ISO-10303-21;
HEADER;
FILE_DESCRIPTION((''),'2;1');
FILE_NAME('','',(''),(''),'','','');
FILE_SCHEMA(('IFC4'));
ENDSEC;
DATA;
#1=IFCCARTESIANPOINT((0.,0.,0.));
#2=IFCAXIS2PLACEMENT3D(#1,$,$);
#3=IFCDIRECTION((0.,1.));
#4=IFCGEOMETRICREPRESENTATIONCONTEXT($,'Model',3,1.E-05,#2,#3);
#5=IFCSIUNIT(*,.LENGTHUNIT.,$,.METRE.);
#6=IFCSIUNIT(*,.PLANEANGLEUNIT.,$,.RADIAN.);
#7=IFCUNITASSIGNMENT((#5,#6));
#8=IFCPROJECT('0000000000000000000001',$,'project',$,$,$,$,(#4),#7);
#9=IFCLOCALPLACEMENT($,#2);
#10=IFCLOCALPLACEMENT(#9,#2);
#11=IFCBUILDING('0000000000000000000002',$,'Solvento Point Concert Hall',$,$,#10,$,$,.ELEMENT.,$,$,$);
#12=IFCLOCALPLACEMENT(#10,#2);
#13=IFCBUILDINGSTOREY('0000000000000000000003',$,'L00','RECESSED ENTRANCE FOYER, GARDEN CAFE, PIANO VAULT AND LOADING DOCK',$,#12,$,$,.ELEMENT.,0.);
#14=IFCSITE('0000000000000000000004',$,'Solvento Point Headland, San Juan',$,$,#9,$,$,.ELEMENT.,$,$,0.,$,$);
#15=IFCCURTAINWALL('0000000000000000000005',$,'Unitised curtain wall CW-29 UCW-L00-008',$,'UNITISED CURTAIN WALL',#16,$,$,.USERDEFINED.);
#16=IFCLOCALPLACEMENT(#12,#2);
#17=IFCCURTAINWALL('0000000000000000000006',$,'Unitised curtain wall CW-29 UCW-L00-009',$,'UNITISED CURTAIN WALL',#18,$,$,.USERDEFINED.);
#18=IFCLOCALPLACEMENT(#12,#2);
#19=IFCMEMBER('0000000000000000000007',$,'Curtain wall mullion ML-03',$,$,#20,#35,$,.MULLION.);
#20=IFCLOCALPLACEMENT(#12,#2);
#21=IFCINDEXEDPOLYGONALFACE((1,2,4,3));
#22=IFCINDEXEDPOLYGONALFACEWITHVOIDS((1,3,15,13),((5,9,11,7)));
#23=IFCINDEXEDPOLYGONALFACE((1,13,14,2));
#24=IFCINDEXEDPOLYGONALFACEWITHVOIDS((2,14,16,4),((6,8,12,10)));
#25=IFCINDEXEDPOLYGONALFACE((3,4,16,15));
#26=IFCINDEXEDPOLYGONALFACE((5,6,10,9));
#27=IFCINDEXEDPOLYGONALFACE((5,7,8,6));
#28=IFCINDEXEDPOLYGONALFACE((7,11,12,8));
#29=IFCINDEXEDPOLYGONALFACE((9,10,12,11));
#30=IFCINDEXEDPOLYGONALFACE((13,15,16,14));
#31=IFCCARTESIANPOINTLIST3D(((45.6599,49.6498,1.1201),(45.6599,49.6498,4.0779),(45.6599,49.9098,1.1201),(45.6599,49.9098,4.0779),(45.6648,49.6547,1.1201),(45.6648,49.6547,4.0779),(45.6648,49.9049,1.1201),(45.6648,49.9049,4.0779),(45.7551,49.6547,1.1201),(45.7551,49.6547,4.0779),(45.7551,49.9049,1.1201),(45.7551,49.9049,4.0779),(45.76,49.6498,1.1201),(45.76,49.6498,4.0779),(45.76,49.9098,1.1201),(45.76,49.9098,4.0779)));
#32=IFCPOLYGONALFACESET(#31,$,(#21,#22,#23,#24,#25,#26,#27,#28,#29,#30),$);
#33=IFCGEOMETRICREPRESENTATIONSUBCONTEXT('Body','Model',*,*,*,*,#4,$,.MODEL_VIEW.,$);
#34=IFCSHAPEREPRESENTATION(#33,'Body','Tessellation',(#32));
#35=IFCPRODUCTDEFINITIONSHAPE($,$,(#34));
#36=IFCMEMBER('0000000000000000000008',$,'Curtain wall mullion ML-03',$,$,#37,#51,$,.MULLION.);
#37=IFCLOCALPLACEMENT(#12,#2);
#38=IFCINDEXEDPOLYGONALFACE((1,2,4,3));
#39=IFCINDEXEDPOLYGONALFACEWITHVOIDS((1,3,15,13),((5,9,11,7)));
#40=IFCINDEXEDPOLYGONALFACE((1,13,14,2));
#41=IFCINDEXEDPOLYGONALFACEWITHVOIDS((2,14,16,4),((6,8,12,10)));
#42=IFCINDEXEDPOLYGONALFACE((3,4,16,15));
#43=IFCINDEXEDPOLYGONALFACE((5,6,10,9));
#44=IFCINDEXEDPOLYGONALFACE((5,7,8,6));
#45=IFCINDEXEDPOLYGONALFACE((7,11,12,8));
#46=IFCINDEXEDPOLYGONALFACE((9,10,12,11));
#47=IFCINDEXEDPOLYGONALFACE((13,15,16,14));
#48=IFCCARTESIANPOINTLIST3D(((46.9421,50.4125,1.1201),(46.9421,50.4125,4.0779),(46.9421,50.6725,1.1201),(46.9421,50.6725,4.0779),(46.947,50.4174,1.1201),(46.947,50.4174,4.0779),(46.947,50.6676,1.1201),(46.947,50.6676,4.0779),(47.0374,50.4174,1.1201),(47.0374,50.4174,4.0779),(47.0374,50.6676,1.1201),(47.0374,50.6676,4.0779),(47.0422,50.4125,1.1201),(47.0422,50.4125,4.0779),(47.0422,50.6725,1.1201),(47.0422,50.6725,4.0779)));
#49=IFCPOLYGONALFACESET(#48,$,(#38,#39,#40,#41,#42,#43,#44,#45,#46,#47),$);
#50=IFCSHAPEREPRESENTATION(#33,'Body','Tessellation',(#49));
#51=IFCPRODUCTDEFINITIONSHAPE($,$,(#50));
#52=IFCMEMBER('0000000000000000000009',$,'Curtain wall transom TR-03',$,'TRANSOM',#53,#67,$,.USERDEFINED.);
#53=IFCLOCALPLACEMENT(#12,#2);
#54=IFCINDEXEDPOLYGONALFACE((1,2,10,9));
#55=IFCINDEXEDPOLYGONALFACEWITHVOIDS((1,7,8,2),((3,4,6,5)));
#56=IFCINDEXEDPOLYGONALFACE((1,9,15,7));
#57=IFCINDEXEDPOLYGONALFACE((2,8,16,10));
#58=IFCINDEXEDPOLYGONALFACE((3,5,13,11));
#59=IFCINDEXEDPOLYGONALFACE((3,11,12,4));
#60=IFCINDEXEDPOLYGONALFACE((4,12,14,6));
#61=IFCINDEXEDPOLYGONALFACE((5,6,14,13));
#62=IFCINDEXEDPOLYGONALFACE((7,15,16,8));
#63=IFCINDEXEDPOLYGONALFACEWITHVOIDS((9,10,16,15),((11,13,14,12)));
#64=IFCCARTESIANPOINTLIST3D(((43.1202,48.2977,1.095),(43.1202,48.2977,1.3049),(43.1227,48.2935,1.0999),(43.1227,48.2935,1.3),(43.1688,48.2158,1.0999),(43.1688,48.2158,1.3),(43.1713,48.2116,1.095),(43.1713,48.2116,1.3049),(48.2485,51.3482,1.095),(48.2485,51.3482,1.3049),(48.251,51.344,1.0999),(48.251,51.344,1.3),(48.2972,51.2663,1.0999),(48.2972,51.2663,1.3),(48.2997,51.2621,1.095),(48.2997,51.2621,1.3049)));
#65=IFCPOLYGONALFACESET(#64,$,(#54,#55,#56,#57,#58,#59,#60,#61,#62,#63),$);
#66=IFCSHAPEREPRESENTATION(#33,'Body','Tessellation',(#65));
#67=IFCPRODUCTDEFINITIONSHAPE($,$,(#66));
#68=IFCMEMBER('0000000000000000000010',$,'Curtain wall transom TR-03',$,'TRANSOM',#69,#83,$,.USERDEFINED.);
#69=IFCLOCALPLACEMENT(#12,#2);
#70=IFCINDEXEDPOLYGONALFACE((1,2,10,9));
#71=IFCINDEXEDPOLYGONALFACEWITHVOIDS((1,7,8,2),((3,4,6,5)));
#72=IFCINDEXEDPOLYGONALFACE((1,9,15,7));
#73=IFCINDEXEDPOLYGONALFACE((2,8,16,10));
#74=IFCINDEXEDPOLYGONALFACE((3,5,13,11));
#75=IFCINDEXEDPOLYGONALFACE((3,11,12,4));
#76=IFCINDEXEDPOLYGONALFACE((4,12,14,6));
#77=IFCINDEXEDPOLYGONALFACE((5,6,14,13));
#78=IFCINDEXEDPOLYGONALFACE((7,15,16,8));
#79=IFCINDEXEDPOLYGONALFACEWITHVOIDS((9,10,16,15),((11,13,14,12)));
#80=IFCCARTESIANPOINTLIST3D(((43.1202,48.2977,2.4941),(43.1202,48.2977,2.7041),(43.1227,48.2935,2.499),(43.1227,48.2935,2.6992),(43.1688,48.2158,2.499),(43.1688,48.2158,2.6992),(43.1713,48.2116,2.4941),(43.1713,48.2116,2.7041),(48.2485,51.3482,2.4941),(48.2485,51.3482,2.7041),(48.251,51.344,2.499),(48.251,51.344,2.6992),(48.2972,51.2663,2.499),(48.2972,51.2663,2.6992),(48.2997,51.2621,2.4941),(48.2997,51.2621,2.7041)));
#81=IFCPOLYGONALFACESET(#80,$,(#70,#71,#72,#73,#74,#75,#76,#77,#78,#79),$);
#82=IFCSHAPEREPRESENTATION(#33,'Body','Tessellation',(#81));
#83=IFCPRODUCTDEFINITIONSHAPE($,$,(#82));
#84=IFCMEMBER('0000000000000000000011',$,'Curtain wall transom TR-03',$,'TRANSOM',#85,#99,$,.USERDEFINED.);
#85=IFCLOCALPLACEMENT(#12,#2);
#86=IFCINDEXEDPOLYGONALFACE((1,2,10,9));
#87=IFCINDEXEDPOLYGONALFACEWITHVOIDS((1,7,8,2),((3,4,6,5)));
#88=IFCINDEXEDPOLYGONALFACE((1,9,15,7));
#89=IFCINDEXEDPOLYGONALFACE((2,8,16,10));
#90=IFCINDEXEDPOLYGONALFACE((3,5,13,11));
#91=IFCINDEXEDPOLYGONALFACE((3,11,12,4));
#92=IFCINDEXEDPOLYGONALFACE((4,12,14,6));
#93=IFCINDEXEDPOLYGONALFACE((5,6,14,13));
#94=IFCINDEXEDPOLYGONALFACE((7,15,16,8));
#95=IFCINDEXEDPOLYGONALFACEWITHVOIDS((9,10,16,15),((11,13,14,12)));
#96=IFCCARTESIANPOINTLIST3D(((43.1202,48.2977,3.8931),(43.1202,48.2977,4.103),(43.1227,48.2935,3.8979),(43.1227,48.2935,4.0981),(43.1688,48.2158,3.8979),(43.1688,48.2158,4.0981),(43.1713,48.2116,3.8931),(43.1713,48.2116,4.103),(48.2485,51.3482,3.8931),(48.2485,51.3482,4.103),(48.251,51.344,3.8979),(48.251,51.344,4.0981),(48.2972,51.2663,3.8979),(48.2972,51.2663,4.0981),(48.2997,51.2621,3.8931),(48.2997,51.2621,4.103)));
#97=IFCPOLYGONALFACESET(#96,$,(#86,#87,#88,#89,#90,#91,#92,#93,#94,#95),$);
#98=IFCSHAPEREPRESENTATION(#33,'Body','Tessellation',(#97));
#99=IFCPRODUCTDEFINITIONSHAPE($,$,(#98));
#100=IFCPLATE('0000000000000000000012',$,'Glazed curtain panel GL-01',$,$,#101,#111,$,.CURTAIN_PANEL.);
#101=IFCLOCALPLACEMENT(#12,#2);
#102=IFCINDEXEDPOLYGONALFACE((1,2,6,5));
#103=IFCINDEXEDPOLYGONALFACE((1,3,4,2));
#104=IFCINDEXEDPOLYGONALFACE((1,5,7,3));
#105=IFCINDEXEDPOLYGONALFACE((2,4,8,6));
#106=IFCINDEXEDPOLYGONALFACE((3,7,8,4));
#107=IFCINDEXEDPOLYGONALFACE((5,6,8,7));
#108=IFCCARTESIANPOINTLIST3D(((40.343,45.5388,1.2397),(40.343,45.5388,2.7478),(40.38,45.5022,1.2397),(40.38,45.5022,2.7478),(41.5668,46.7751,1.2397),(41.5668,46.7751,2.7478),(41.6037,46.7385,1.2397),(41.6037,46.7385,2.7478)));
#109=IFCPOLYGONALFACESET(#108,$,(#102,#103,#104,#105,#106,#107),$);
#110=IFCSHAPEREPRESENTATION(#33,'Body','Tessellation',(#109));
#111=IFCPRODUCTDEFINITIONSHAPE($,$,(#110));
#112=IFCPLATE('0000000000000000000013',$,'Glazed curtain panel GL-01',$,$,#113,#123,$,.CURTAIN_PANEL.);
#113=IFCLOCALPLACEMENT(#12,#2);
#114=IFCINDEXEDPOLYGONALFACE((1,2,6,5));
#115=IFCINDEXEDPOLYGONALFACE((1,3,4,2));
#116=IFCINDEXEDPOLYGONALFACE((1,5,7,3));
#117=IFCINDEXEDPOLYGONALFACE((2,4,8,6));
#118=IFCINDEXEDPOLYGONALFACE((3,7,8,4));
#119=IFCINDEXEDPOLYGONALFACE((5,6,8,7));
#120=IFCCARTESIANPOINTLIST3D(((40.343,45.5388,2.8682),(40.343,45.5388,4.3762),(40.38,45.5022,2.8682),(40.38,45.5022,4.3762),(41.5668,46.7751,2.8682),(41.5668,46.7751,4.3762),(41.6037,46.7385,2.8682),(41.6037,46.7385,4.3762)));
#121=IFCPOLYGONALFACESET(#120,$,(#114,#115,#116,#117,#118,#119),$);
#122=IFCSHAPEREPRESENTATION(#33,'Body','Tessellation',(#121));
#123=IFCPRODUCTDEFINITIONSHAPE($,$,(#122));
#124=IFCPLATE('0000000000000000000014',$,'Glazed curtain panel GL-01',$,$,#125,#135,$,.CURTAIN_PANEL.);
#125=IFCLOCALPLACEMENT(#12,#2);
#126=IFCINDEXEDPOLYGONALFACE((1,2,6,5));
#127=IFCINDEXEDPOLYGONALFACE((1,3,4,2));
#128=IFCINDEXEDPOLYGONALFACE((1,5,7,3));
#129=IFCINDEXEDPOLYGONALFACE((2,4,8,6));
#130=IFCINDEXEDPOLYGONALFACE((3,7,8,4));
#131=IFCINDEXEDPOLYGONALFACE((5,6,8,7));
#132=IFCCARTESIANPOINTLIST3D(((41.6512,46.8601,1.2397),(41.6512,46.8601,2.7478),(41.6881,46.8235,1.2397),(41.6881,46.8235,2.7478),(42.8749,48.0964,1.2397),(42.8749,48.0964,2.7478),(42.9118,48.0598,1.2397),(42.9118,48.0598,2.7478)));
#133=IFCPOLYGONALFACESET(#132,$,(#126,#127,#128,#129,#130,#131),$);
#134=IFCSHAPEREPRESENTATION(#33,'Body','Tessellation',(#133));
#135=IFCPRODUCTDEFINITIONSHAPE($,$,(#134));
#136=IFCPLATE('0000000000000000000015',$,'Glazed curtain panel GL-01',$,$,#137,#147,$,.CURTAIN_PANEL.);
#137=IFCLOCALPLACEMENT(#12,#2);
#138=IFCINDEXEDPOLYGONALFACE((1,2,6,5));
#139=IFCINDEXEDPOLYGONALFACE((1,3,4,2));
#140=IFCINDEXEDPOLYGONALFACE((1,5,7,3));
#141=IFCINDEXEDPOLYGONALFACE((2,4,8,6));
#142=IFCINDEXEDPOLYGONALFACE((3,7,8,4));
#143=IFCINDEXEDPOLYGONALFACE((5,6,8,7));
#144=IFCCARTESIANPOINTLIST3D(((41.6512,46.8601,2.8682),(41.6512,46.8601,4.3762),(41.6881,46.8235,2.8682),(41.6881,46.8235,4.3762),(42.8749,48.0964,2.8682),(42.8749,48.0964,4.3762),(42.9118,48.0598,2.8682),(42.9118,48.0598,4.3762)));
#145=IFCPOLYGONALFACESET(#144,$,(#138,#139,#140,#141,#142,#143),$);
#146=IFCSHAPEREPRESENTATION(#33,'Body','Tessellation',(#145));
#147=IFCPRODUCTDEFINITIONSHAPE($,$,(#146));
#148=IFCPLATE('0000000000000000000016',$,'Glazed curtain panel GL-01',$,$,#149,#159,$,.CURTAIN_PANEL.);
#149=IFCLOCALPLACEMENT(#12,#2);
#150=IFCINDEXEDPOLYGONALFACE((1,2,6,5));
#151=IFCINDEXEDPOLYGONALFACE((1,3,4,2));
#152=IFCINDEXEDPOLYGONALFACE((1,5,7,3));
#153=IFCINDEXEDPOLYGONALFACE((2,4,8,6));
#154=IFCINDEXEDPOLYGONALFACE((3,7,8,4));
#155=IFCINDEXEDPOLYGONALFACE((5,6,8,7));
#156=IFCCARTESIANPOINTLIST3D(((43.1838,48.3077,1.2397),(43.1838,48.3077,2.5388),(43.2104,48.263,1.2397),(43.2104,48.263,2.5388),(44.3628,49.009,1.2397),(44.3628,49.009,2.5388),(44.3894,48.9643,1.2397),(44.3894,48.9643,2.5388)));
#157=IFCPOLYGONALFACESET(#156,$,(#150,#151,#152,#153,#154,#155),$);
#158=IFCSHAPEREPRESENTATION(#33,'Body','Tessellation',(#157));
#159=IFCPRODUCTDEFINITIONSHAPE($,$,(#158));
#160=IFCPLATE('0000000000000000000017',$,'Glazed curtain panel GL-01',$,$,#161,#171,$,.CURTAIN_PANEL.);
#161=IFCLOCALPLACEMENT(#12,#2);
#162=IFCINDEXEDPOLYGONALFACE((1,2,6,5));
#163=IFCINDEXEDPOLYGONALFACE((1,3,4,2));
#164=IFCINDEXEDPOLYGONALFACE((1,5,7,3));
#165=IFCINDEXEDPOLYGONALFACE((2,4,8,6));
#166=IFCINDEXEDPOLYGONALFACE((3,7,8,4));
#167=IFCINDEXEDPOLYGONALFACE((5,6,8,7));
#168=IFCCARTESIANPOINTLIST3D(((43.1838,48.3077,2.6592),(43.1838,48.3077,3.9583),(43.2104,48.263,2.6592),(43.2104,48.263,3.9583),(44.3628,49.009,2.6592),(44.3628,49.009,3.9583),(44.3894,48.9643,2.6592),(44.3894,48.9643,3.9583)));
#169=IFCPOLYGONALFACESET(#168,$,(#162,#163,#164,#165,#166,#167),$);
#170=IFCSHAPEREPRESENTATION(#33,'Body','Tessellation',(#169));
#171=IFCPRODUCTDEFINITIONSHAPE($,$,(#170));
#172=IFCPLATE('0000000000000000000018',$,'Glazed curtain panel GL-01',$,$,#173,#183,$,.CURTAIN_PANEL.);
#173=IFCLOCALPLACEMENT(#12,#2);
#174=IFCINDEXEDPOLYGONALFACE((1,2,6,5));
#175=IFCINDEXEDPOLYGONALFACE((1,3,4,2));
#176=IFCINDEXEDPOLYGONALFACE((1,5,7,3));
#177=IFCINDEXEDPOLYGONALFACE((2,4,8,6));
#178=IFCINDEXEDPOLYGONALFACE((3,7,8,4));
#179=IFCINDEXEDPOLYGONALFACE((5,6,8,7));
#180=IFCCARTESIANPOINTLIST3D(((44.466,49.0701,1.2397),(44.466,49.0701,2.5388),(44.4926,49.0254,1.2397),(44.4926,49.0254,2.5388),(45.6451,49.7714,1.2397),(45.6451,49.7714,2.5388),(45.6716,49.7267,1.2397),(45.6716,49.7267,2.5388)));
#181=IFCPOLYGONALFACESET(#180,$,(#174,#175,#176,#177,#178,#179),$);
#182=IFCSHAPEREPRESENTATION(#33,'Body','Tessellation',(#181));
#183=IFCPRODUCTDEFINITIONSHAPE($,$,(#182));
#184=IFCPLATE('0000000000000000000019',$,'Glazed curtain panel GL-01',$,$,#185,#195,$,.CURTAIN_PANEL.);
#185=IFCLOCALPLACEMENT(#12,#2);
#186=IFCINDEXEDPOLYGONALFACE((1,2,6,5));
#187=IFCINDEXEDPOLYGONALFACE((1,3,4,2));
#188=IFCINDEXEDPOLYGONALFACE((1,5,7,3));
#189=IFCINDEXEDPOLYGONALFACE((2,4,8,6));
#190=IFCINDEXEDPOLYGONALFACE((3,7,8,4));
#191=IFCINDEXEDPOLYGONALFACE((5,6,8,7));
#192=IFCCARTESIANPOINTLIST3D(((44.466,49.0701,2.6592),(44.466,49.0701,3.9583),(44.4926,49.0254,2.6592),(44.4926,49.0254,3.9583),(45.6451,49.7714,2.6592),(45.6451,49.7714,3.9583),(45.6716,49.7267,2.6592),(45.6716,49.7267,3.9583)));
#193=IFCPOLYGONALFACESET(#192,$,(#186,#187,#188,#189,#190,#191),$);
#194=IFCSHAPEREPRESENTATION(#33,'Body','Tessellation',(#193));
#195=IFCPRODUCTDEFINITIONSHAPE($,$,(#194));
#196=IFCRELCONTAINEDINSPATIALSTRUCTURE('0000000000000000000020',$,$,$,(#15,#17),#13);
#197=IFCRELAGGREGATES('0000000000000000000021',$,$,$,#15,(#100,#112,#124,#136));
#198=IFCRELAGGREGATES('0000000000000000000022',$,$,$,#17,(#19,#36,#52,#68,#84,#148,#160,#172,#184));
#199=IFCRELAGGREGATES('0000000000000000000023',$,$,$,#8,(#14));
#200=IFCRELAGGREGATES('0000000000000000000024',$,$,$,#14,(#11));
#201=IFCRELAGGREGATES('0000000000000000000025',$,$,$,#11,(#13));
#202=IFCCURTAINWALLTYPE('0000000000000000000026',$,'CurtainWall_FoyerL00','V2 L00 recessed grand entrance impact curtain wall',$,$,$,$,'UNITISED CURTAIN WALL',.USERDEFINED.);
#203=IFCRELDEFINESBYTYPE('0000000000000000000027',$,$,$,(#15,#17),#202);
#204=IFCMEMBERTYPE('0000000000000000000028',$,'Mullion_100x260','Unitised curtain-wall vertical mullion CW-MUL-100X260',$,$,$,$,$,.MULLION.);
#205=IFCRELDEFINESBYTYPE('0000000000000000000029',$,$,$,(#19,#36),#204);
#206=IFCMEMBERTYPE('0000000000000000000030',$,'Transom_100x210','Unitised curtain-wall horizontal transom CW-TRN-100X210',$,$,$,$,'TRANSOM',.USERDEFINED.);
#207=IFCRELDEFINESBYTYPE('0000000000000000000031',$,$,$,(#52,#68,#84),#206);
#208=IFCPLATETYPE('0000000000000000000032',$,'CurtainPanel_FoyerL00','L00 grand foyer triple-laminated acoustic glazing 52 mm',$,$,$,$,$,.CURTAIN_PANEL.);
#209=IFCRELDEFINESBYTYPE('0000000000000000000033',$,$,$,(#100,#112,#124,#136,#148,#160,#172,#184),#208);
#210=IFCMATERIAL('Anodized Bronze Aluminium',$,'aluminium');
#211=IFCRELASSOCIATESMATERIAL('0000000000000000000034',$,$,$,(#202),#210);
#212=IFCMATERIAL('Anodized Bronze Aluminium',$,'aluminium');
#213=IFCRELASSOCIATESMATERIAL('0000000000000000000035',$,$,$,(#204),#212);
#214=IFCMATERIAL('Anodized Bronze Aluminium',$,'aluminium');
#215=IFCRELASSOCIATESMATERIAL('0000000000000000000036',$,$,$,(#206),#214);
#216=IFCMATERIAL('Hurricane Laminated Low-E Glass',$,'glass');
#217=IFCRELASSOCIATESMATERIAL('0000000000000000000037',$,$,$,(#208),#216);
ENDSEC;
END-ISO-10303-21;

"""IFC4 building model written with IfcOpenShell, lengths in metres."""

from ifc_helpers import new_model, si_unit, direction, frame, origin, origin_2d, place, context, subcontext, project, spatial, rectangle, hollow_rectangle, extrude, material, material_profile, profile_set, type_object, element, aggregate, save


model = new_model("IFC4")

# Units and contexts
model_context = context("Model", 3, precision=1e-05, world=origin(), true_north=direction((0.0, 1.0)))
body_context = subcontext(model_context, "Body", "Model", "MODEL_VIEW")
ifc_project = project(units=[si_unit("LENGTHUNIT", "METRE"), si_unit("PLANEANGLEUNIT", "RADIAN")], contexts=[model_context])

# Site, building, storey
site_placement = place(None, origin())
site = spatial("IfcSite", under=ifc_project, at=site_placement, Name="Solvento Point Headland, San Juan", CompositionType="ELEMENT", RefElevation=0.0)
building_placement = place(site_placement, origin())
building = spatial("IfcBuilding", under=site, at=building_placement, Name="Solvento Point Concert Hall", CompositionType="ELEMENT")
storey_placement = place(building_placement, origin())
storey = spatial("IfcBuildingStorey", under=building, at=storey_placement, Name="L00", Description="RECESSED ENTRANCE FOYER, GARDEN CAFE, PIANO VAULT AND LOADING DOCK", CompositionType="ELEMENT", Elevation=0.0)

# Curtain walls, members
ifc_material_1 = material(Name="Anodized Bronze Aluminium", Category="aluminium")
curtain_wall_type = type_object("IfcCurtainWallType", Name="CurtainWall_FoyerL00", Description="V2 L00 recessed grand entrance impact curtain wall", ElementType="UNITISED CURTAIN WALL", PredefinedType="USERDEFINED", material=ifc_material_1)
curtain_wall_1_placement = place(storey_placement, origin())
curtain_wall_1 = element("IfcCurtainWall", 1, at=curtain_wall_1_placement, inside=storey, type_object=curtain_wall_type, Name="Unitised curtain wall CW-29 UCW-L00-008", ObjectType="UNITISED CURTAIN WALL", PredefinedType="USERDEFINED")
ifc_material_2 = material(Name="Anodized Bronze Aluminium", Category="aluminium")
ifc_material_profile_1 = material_profile(ifc_material_2, hollow_rectangle(XDim=0.1001, YDim=0.26, WallThickness=0.0049, at=origin_2d()), Name="CW-MUL-100X260")
ifc_profile_set_1 = profile_set([ifc_material_profile_1], Name="Anodized Bronze Aluminium")
member_type_1 = type_object("IfcMemberType", Name="Mullion_100x260", Description="Unitised curtain-wall vertical mullion CW-MUL-100X260", PredefinedType="MULLION", material=ifc_profile_set_1)
curtain_wall_2_placement = place(storey_placement, origin())
curtain_wall_2 = element("IfcCurtainWall", 2, at=curtain_wall_2_placement, inside=storey, type_object=curtain_wall_type, Name="Unitised curtain wall CW-29 UCW-L00-009", ObjectType="UNITISED CURTAIN WALL", PredefinedType="USERDEFINED")
member_1_placement = place(storey_placement, frame((45.71, 49.7798, 1.1201), z_axis=(0.0, 0.0, 1.0), x_axis=(1.0, 0.0, 0.0)))
member_1 = element("IfcMember", 3, at=member_1_placement, type_object=member_type_1, Name="Curtain wall mullion ML-03", PredefinedType="MULLION", context=body_context, shape_type="SweptSolid", body=[
    extrude(hollow_rectangle(XDim=0.1001, YDim=0.26, WallThickness=0.0049, at=origin_2d()), origin(), (0.0, 0.0, 1.0), 2.9578),
])
member_2_placement = place(storey_placement, frame((46.9922, 50.5425, 1.1201), z_axis=(0.0, 0.0, 1.0), x_axis=(1.0, 0.0, 0.0)))
member_2 = element("IfcMember", 4, at=member_2_placement, type_object=member_type_1, Name="Curtain wall mullion ML-03", PredefinedType="MULLION", context=body_context, shape_type="SweptSolid", body=[
    extrude(hollow_rectangle(XDim=0.1001, YDim=0.26, WallThickness=0.0049, at=origin_2d()), origin(), (0.0, 0.0, 1.0), 2.9578),
])
ifc_material_3 = material(Name="Anodized Bronze Aluminium", Category="aluminium")
ifc_material_profile_2 = material_profile(ifc_material_3, hollow_rectangle(XDim=0.1001, YDim=0.21, WallThickness=0.0049, at=origin_2d()), Name="CW-TRN-100X210")
ifc_profile_set_2 = profile_set([ifc_material_profile_2], Name="Anodized Bronze Aluminium")
member_type_2 = type_object("IfcMemberType", Name="Transom_100x210", Description="Unitised curtain-wall horizontal transom CW-TRN-100X210", ElementType="TRANSOM", PredefinedType="USERDEFINED", material=ifc_profile_set_2)
member_3_placement = place(storey_placement, frame((43.1458, 48.2546, 1.2), z_axis=(0.859447, 0.511225, 0.0), x_axis=(-0.511225, 0.859447, 0.0)))
member_3 = element("IfcMember", 5, at=member_3_placement, type_object=member_type_2, Name="Curtain wall transom TR-03", ObjectType="TRANSOM", PredefinedType="USERDEFINED", context=body_context, shape_type="SweptSolid", body=[
    extrude(hollow_rectangle(XDim=0.1001, YDim=0.21, WallThickness=0.0049, at=origin_2d()), origin(), (0.0, 0.0, 1.0), 5.967),
])
member_4_placement = place(storey_placement, frame((43.1458, 48.2546, 2.5991), z_axis=(0.859447, 0.511225, 0.0), x_axis=(-0.511225, 0.859447, 0.0)))
member_4 = element("IfcMember", 6, at=member_4_placement, type_object=member_type_2, Name="Curtain wall transom TR-03", ObjectType="TRANSOM", PredefinedType="USERDEFINED", context=body_context, shape_type="SweptSolid", body=[
    extrude(hollow_rectangle(XDim=0.1001, YDim=0.21, WallThickness=0.0049, at=origin_2d()), origin(), (0.0, 0.0, 1.0), 5.967),
])
member_5_placement = place(storey_placement, frame((43.1458, 48.2546, 3.998), z_axis=(0.859447, 0.511225, 0.0), x_axis=(-0.511225, 0.859447, 0.0)))
member_5 = element("IfcMember", 7, at=member_5_placement, type_object=member_type_2, Name="Curtain wall transom TR-03", ObjectType="TRANSOM", PredefinedType="USERDEFINED", context=body_context, shape_type="SweptSolid", body=[
    extrude(hollow_rectangle(XDim=0.1001, YDim=0.21, WallThickness=0.0049, at=origin_2d()), origin(), (0.0, 0.0, 1.0), 5.967),
])

# Plates
ifc_material_4 = material(Name="Hurricane Laminated Low-E Glass", Category="glass")
plate_type = type_object("IfcPlateType", Name="CurtainPanel_FoyerL00", Description="L00 grand foyer triple-laminated acoustic glazing 52 mm", PredefinedType="CURTAIN_PANEL", material=ifc_material_4)
plate_1_placement = place(storey_placement, frame((40.9734, 46.1387, 1.2397), z_axis=(0.0, 0.0, 1.0), x_axis=(0.703494, 0.710701, 0.0)))
plate_1 = element("IfcPlate", 8, at=plate_1_placement, type_object=plate_type, Name="Glazed curtain panel GL-01", PredefinedType="CURTAIN_PANEL", context=body_context, shape_type="SweptSolid", body=[
    extrude(rectangle(XDim=1.7395, YDim=0.052, at=origin_2d()), origin(), (0.0, 0.0, 1.0), 1.5081),
])
plate_2_placement = place(storey_placement, frame((40.9734, 46.1387, 2.8682), z_axis=(0.0, 0.0, 1.0), x_axis=(0.703494, 0.710701, 0.0)))
plate_2 = element("IfcPlate", 9, at=plate_2_placement, type_object=plate_type, Name="Glazed curtain panel GL-01", PredefinedType="CURTAIN_PANEL", context=body_context, shape_type="SweptSolid", body=[
    extrude(rectangle(XDim=1.7395, YDim=0.052, at=origin_2d()), origin(), (0.0, 0.0, 1.0), 1.5081),
])
plate_3_placement = place(storey_placement, frame((42.2815, 47.46, 1.2397), z_axis=(0.0, 0.0, 1.0), x_axis=(0.703494, 0.710701, 0.0)))
plate_3 = element("IfcPlate", 10, at=plate_3_placement, type_object=plate_type, Name="Glazed curtain panel GL-01", PredefinedType="CURTAIN_PANEL", context=body_context, shape_type="SweptSolid", body=[
    extrude(rectangle(XDim=1.7395, YDim=0.052, at=origin_2d()), origin(), (0.0, 0.0, 1.0), 1.5081),
])
plate_4_placement = place(storey_placement, frame((42.2815, 47.46, 2.8682), z_axis=(0.0, 0.0, 1.0), x_axis=(0.703494, 0.710701, 0.0)))
plate_4 = element("IfcPlate", 11, at=plate_4_placement, type_object=plate_type, Name="Glazed curtain panel GL-01", PredefinedType="CURTAIN_PANEL", context=body_context, shape_type="SweptSolid", body=[
    extrude(rectangle(XDim=1.7395, YDim=0.052, at=origin_2d()), origin(), (0.0, 0.0, 1.0), 1.5081),
])
aggregate(curtain_wall_1, [plate_1, plate_2, plate_3, plate_4])
plate_5_placement = place(storey_placement, frame((43.7866, 48.636, 1.2397), z_axis=(0.0, 0.0, 1.0), x_axis=(0.859448, 0.511223, 0.0)))
plate_5 = element("IfcPlate", 12, at=plate_5_placement, type_object=plate_type, Name="Glazed curtain panel GL-01", PredefinedType="CURTAIN_PANEL", context=body_context, shape_type="SweptSolid", body=[
    extrude(rectangle(XDim=1.3718, YDim=0.052, at=origin_2d()), origin(), (0.0, 0.0, 1.0), 1.2991),
])
plate_6_placement = place(storey_placement, frame((43.7866, 48.636, 2.6592), z_axis=(0.0, 0.0, 1.0), x_axis=(0.859448, 0.511223, 0.0)))
plate_6 = element("IfcPlate", 13, at=plate_6_placement, type_object=plate_type, Name="Glazed curtain panel GL-01", PredefinedType="CURTAIN_PANEL", context=body_context, shape_type="SweptSolid", body=[
    extrude(rectangle(XDim=1.3718, YDim=0.052, at=origin_2d()), origin(), (0.0, 0.0, 1.0), 1.2991),
])
plate_7_placement = place(storey_placement, frame((45.0688, 49.3984, 1.2397), z_axis=(0.0, 0.0, 1.0), x_axis=(0.859448, 0.511223, 0.0)))
plate_7 = element("IfcPlate", 14, at=plate_7_placement, type_object=plate_type, Name="Glazed curtain panel GL-01", PredefinedType="CURTAIN_PANEL", context=body_context, shape_type="SweptSolid", body=[
    extrude(rectangle(XDim=1.3718, YDim=0.052, at=origin_2d()), origin(), (0.0, 0.0, 1.0), 1.2991),
])
plate_8_placement = place(storey_placement, frame((45.0688, 49.3984, 2.6592), z_axis=(0.0, 0.0, 1.0), x_axis=(0.859448, 0.511223, 0.0)))
plate_8 = element("IfcPlate", 15, at=plate_8_placement, type_object=plate_type, Name="Glazed curtain panel GL-01", PredefinedType="CURTAIN_PANEL", context=body_context, shape_type="SweptSolid", body=[
    extrude(rectangle(XDim=1.3718, YDim=0.052, at=origin_2d()), origin(), (0.0, 0.0, 1.0), 1.2991),
])
aggregate(curtain_wall_2, [member_1, member_2, member_3, member_4, member_5, plate_5, plate_6, plate_7, plate_8])

save(model, "model.ifc")
